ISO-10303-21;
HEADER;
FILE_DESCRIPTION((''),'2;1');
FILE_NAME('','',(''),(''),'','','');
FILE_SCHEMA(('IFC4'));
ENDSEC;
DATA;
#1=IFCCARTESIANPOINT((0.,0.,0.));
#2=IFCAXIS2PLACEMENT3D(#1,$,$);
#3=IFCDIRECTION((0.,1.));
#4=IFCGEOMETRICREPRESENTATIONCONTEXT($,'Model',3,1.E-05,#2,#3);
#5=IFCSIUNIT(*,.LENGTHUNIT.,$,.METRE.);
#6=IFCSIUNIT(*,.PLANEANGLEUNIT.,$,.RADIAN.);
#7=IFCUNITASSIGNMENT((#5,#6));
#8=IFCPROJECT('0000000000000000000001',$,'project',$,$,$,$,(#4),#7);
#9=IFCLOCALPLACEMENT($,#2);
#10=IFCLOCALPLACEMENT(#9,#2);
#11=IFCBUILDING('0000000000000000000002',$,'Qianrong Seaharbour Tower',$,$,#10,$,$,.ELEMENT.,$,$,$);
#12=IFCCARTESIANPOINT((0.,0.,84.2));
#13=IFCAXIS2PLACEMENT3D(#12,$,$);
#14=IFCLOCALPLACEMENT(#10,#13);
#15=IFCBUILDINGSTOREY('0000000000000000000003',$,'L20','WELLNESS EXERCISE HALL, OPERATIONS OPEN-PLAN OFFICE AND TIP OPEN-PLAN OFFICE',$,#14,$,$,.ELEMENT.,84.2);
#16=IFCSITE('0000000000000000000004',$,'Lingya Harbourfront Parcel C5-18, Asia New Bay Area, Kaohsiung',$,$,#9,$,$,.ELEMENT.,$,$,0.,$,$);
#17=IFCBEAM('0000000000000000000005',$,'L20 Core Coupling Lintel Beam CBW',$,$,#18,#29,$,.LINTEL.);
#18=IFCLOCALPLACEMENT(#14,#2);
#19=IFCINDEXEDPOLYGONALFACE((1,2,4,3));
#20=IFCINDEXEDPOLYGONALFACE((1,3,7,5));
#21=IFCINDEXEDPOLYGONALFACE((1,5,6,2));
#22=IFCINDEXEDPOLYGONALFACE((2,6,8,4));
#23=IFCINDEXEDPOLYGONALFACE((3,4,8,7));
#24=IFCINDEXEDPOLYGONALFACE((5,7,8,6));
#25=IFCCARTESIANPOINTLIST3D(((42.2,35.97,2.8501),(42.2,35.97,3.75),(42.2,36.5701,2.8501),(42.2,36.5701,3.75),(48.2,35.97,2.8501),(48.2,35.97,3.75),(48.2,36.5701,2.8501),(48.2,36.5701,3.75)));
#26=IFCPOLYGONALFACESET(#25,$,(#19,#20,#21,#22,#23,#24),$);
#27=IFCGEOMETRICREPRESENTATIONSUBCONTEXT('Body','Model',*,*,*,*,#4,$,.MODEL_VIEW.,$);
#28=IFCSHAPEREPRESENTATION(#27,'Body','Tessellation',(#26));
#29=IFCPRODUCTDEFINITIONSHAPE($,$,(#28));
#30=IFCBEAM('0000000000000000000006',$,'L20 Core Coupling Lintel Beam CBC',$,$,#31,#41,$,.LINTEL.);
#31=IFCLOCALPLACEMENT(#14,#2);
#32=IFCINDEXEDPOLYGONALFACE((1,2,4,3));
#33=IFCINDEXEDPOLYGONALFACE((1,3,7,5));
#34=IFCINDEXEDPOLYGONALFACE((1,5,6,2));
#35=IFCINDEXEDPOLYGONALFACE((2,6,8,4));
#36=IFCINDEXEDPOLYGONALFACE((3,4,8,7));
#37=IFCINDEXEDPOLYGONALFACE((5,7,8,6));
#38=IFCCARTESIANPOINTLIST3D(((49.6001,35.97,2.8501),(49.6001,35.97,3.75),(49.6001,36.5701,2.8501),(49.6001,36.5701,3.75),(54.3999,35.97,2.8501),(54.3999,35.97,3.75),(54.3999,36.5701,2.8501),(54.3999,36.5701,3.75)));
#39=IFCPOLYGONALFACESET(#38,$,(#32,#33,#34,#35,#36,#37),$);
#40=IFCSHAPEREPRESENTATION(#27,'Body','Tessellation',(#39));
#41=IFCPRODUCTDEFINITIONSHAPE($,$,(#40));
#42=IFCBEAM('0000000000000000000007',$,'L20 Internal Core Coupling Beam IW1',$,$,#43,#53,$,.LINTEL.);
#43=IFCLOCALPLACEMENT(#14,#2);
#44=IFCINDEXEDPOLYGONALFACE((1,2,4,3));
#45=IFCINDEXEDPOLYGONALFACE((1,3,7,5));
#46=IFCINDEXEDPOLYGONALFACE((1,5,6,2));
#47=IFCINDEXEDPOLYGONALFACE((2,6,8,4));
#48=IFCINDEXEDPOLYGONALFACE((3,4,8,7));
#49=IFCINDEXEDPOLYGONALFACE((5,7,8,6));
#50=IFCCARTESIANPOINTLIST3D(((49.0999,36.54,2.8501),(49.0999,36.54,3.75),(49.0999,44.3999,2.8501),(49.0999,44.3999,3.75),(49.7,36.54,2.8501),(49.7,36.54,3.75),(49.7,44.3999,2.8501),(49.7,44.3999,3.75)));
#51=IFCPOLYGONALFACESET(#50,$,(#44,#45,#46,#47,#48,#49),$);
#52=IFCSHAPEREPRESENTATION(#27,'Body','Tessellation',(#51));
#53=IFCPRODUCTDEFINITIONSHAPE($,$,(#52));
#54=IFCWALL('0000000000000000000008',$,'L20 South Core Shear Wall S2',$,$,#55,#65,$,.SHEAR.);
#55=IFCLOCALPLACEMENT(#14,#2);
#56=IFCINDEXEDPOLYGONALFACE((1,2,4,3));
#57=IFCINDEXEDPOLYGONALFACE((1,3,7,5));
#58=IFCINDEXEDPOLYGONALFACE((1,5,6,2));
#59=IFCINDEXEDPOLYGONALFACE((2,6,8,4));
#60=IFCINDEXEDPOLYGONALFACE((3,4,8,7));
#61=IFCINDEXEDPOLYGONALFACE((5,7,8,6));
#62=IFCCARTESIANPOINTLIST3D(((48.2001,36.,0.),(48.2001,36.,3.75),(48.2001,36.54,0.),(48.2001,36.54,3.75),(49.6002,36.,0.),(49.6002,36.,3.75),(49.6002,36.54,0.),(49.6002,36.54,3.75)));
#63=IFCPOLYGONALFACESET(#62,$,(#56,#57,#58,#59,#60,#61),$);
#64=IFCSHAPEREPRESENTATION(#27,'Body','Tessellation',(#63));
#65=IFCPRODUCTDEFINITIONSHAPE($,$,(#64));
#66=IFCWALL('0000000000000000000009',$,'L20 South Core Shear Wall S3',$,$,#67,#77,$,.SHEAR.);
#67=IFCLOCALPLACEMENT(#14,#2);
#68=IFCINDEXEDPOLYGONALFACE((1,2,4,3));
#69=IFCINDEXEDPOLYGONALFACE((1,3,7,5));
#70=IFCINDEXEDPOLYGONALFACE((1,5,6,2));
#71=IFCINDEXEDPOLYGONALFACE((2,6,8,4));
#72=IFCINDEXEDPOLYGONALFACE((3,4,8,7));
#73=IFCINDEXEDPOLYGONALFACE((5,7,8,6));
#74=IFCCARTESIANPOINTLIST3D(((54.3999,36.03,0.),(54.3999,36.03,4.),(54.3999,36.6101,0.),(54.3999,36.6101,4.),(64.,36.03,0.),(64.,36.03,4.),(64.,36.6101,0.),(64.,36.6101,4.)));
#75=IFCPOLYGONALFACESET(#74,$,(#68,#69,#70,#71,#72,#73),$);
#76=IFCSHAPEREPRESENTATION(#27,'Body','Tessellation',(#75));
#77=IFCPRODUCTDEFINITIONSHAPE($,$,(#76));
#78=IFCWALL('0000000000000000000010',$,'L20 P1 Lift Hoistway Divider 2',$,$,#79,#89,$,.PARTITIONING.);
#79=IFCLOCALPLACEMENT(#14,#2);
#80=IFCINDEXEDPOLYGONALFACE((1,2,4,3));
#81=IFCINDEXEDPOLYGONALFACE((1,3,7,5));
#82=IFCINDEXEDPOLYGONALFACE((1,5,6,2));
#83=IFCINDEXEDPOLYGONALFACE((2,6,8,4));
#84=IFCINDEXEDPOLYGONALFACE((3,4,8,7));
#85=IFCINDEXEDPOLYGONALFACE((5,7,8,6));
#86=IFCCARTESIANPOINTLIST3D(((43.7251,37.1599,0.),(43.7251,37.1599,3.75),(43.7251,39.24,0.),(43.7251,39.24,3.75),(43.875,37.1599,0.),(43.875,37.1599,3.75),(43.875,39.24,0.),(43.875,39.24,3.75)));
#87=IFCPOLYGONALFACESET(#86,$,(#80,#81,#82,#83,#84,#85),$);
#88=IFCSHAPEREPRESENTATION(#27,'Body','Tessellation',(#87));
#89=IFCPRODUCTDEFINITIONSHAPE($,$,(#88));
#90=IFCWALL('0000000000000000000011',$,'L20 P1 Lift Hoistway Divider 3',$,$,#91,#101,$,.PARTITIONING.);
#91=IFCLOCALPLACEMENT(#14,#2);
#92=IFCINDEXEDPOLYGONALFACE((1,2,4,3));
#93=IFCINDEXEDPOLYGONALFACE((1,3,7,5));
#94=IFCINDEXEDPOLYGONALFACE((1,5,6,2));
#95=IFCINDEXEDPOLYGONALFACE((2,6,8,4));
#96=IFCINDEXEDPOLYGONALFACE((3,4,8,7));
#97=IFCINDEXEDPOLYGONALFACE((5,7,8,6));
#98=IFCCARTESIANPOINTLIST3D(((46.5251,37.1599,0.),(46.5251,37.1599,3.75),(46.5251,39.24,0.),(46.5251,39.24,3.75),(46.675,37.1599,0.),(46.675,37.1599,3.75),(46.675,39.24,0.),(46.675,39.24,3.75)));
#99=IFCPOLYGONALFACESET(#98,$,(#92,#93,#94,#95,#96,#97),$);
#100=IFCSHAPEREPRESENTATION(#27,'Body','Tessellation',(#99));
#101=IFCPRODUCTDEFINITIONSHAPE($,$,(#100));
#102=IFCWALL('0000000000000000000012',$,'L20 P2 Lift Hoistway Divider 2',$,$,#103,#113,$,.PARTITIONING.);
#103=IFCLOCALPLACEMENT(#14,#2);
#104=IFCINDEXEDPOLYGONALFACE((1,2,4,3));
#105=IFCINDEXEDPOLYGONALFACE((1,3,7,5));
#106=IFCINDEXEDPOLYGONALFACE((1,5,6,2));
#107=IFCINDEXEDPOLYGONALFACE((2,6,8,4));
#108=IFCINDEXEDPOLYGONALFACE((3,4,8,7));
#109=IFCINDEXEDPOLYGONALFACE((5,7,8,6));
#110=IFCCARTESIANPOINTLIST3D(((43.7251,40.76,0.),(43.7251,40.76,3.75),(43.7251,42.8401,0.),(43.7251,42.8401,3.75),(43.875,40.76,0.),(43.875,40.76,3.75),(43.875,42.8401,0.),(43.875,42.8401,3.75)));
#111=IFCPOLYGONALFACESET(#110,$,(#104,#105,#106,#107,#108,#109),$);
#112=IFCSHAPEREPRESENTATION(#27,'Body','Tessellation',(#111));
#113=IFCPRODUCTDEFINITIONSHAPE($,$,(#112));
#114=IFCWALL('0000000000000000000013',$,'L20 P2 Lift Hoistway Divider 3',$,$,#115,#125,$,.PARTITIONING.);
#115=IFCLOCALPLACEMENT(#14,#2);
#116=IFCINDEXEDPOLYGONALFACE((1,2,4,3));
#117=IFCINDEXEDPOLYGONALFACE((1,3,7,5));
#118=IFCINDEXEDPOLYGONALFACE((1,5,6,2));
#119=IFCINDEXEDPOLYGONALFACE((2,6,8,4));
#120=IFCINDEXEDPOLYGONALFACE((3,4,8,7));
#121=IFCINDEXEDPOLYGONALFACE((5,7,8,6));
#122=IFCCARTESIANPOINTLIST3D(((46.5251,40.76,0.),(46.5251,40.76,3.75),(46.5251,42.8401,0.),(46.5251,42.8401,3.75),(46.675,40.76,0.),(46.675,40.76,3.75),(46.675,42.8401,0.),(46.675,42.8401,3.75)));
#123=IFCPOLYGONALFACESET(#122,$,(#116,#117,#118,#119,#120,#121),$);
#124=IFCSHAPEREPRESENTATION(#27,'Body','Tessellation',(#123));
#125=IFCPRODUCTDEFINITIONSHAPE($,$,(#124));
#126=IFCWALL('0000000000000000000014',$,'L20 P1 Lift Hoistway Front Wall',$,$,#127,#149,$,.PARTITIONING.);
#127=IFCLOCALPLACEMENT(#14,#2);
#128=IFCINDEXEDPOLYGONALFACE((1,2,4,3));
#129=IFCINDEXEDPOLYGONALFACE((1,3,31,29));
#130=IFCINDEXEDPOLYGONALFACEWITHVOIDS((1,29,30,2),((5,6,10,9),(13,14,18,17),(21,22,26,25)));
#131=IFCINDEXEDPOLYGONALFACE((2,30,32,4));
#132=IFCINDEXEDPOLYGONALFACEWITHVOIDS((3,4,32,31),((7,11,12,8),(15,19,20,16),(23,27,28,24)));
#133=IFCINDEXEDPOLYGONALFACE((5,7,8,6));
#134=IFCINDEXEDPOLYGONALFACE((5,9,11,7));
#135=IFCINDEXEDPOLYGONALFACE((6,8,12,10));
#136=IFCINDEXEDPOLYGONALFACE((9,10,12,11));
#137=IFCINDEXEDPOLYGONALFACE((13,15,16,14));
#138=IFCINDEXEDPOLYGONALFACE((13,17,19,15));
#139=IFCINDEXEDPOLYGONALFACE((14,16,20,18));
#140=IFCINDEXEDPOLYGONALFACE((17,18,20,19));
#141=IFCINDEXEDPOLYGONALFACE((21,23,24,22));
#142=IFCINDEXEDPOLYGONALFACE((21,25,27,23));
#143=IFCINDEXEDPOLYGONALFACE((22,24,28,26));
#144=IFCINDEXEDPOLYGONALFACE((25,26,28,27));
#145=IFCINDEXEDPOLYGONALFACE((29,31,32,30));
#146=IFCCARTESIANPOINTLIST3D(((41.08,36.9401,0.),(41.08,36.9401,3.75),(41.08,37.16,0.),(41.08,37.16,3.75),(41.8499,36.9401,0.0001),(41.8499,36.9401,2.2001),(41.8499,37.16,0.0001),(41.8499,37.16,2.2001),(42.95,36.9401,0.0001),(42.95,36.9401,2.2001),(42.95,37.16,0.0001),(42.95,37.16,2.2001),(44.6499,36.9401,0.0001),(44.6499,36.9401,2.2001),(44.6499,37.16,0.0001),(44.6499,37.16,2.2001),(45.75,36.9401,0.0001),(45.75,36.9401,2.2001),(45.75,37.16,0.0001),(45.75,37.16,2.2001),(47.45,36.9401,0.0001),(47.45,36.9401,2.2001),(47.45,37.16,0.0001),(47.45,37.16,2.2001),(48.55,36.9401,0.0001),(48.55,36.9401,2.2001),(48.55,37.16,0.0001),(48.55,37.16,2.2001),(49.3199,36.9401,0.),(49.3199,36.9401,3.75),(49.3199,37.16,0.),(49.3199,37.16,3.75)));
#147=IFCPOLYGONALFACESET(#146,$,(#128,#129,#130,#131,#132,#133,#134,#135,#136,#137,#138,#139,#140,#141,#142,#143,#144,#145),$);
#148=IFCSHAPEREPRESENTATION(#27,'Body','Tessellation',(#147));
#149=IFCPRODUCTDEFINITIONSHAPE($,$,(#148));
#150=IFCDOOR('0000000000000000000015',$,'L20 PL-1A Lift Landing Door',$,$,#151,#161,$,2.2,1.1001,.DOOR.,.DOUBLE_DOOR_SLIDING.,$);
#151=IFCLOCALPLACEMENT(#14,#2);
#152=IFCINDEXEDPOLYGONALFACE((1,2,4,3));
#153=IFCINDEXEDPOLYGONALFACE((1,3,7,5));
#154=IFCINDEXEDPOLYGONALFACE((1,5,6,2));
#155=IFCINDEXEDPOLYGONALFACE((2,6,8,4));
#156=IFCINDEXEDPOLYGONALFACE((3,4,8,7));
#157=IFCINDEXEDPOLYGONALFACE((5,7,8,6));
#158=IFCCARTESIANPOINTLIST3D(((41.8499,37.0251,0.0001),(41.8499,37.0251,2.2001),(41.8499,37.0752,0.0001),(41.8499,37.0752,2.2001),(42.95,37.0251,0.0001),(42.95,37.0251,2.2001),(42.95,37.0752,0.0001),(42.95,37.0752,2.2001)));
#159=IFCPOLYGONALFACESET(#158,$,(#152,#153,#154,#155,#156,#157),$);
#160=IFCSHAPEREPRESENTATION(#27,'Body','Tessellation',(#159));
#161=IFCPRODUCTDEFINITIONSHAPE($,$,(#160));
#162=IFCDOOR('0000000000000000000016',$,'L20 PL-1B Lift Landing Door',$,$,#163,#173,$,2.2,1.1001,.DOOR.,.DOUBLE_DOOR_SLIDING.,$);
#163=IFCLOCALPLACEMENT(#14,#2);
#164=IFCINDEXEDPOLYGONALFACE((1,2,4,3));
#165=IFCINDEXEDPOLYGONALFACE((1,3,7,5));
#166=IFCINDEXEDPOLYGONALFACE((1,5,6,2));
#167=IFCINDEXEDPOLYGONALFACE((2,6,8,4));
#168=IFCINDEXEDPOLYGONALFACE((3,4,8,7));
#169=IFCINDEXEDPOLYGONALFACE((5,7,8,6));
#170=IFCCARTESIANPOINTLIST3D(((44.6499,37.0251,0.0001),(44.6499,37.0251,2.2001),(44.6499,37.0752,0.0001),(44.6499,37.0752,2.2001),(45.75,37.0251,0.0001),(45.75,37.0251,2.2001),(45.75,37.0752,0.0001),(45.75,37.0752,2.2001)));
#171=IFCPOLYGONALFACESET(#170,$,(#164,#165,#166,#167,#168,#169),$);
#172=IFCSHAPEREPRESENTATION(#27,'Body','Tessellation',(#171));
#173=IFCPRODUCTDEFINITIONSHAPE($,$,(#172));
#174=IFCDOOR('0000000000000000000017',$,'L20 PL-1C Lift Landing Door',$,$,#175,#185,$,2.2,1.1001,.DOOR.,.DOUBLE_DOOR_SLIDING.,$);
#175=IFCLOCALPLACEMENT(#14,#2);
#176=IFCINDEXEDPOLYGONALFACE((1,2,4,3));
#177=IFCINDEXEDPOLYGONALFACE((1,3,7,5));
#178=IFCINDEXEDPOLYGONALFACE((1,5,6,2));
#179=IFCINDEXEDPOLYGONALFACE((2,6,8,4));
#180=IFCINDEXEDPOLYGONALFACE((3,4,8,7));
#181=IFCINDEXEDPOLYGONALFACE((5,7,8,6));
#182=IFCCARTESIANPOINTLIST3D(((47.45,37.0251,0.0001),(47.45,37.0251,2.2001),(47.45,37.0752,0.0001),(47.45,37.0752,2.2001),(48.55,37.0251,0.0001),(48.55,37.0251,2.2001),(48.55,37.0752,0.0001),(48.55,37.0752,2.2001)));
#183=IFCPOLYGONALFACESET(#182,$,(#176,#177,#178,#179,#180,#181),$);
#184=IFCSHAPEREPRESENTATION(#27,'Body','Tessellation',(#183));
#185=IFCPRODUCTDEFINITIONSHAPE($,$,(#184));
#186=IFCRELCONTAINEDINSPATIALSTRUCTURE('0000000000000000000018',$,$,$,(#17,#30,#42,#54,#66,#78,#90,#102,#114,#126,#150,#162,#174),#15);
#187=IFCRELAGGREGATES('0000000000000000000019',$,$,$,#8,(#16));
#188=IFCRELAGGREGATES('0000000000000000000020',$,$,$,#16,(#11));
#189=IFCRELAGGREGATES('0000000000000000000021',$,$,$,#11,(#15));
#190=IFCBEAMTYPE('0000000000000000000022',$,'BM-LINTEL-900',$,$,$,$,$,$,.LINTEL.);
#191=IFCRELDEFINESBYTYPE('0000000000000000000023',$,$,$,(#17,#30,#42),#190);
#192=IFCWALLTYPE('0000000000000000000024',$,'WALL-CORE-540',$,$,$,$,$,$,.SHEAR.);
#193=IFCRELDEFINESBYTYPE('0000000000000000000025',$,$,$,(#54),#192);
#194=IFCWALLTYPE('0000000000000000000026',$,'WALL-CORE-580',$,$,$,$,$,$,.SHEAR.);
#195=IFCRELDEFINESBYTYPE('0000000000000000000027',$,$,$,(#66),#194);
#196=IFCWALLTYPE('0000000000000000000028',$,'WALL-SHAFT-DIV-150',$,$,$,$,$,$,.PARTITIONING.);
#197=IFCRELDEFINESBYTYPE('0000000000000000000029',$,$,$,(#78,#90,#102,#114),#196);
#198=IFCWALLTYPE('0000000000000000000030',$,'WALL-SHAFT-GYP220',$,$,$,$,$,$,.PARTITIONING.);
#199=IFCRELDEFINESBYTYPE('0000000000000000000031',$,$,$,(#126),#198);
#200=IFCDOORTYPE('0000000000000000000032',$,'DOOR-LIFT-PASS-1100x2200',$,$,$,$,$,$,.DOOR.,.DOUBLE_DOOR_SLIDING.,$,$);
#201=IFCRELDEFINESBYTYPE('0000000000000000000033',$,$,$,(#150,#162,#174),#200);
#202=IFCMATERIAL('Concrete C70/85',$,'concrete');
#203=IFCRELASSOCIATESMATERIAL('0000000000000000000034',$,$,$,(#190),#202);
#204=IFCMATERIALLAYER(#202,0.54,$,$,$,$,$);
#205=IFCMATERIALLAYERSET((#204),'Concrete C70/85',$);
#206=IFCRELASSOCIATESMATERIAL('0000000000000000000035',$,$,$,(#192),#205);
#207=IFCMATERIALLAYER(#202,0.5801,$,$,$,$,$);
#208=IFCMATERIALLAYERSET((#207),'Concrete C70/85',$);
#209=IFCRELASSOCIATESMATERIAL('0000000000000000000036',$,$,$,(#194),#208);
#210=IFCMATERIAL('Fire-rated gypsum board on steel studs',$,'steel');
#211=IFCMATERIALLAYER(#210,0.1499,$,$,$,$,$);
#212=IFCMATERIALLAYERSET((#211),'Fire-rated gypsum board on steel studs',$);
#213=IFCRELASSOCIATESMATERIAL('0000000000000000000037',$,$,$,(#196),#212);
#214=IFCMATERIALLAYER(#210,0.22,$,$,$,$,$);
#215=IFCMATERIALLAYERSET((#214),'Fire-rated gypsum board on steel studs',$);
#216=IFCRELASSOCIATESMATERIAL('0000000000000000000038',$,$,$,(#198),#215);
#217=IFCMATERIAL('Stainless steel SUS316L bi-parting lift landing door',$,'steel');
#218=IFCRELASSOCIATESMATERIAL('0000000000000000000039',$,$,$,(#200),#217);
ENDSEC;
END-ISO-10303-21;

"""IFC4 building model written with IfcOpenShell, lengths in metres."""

from ifc_helpers import new_model, si_unit, direction, frame, frame_2d, origin, origin_2d, place, context, subcontext, project, spatial, rectangle, extrude, material, layer, layer_set, material_profile, profile_set, type_object, element, fill, save


model = new_model("IFC4")

# Units and contexts
model_context = context("Model", 3, precision=1e-05, world=origin(), true_north=direction((0.0, 1.0)))
body_context = subcontext(model_context, "Body", "Model", "MODEL_VIEW")
ifc_project = project(units=[si_unit("LENGTHUNIT", "METRE"), si_unit("PLANEANGLEUNIT", "RADIAN")], contexts=[model_context])

# Site, building, storey
site_placement = place(None, origin())
site = spatial("IfcSite", under=ifc_project, at=site_placement, Name="Lingya Harbourfront Parcel C5-18, Asia New Bay Area, Kaohsiung", CompositionType="ELEMENT", RefElevation=0.0)
building_placement = place(site_placement, origin())
building = spatial("IfcBuilding", under=site, at=building_placement, Name="Qianrong Seaharbour Tower", CompositionType="ELEMENT")
storey_placement = place(building_placement, frame((0.0, 0.0, 84.2)))
storey = spatial("IfcBuildingStorey", under=building, at=storey_placement, Name="L20", Description="WELLNESS EXERCISE HALL, OPERATIONS OPEN-PLAN OFFICE AND TIP OPEN-PLAN OFFICE", CompositionType="ELEMENT", Elevation=84.2)

# Beams
ifc_material_1 = material(Name="Concrete C70/85", Category="concrete")
ifc_material_profile = material_profile(ifc_material_1, rectangle(XDim=0.6001, YDim=0.8999, at=origin_2d()), Name="RC600x900")
ifc_profile_set = profile_set([ifc_material_profile], Name="Concrete C70/85")
beam_type = type_object("IfcBeamType", Name="BM-LINTEL-900", PredefinedType="LINTEL", material=ifc_profile_set)
beam_1_placement = place(storey_placement, frame((42.2, 36.27, 3.3), z_axis=(1.0, 0.0, 0.0), x_axis=(0.0, 1.0, 0.0)))
element("IfcBeam", 1, at=beam_1_placement, inside=storey, type_object=beam_type, Name="L20 Core Coupling Lintel Beam CBW", PredefinedType="LINTEL", context=body_context, shape_type="SweptSolid", body=[
    extrude(rectangle(XDim=0.6001, YDim=0.8999, at=origin_2d()), origin(), (0.0, 0.0, 1.0), 6.0),
])
beam_2_placement = place(storey_placement, frame((49.6001, 36.27, 3.3), z_axis=(1.0, 0.0, 0.0), x_axis=(0.0, 1.0, 0.0)))
element("IfcBeam", 2, at=beam_2_placement, inside=storey, type_object=beam_type, Name="L20 Core Coupling Lintel Beam CBC", PredefinedType="LINTEL", context=body_context, shape_type="SweptSolid", body=[
    extrude(rectangle(XDim=0.6001, YDim=0.8999, at=origin_2d()), origin(), (0.0, 0.0, 1.0), 4.7998),
])
beam_3_placement = place(storey_placement, frame((49.3999, 36.54, 3.3), z_axis=(0.0, 1.0, 0.0), x_axis=(-1.0, 0.0, 0.0)))
element("IfcBeam", 3, at=beam_3_placement, inside=storey, type_object=beam_type, Name="L20 Internal Core Coupling Beam IW1", PredefinedType="LINTEL", context=body_context, shape_type="SweptSolid", body=[
    extrude(rectangle(XDim=0.6001, YDim=0.8999, at=origin_2d()), origin(), (0.0, 0.0, 1.0), 7.8599),
])

# Walls
ifc_layer_1 = layer(ifc_material_1, 0.54)
ifc_layer_set_1 = layer_set([ifc_layer_1], Name="Concrete C70/85")
wall_type_1 = type_object("IfcWallType", Name="WALL-CORE-540", PredefinedType="SHEAR", material=ifc_layer_set_1)
wall_1_placement = place(storey_placement, frame((48.2, 36.27, 0.0), z_axis=(0.0, 0.0, 1.0), x_axis=(1.0, 0.0, 0.0)))
element("IfcWall", 4, at=wall_1_placement, inside=storey, type_object=wall_type_1, Name="L20 South Core Shear Wall S2", PredefinedType="SHEAR", context=body_context, shape_type="SweptSolid", body=[
    extrude(rectangle(XDim=1.4001, YDim=0.54, at=frame_2d((0.7002, 0.0))), origin(), (0.0, 0.0, 1.0), 3.75),
])
ifc_layer_2 = layer(ifc_material_1, 0.5801)
ifc_layer_set_2 = layer_set([ifc_layer_2], Name="Concrete C70/85")
wall_type_2 = type_object("IfcWallType", Name="WALL-CORE-580", PredefinedType="SHEAR", material=ifc_layer_set_2)
wall_2_placement = place(storey_placement, frame((54.3999, 36.3201, 0.0), z_axis=(0.0, 0.0, 1.0), x_axis=(1.0, 0.0, 0.0)))
element("IfcWall", 5, at=wall_2_placement, inside=storey, type_object=wall_type_2, Name="L20 South Core Shear Wall S3", PredefinedType="SHEAR", context=body_context, shape_type="SweptSolid", body=[
    extrude(rectangle(XDim=9.6001, YDim=0.5801, at=frame_2d((4.8, 0.0))), origin(), (0.0, 0.0, 1.0), 4.0),
])
ifc_material_2 = material(Name="Fire-rated gypsum board on steel studs", Category="steel")
ifc_layer_3 = layer(ifc_material_2, 0.1499)
ifc_layer_set_3 = layer_set([ifc_layer_3], Name="Fire-rated gypsum board on steel studs")
wall_type_3 = type_object("IfcWallType", Name="WALL-SHAFT-DIV-150", PredefinedType="PARTITIONING", material=ifc_layer_set_3)
for number, where, z_axis, x_axis, name in (
    (6, (43.8, 37.1599, 0.0), (0.0, 0.0, 1.0), (0.0, 1.0, 0.0), "L20 P1 Lift Hoistway Divider 2"),
    (7, (46.6001, 37.1599, 0.0), (0.0, 0.0, 1.0), (0.0, 1.0, 0.0), "L20 P1 Lift Hoistway Divider 3"),
    (8, (43.8, 40.76, 0.0), (0.0, 0.0, 1.0), (0.0, 1.0, 0.0), "L20 P2 Lift Hoistway Divider 2"),
    (9, (46.6001, 40.76, 0.0), (0.0, 0.0, 1.0), (0.0, 1.0, 0.0), "L20 P2 Lift Hoistway Divider 3"),
):
    element("IfcWall", number, at=place(storey_placement, frame(where, z_axis=z_axis, x_axis=x_axis)), inside=storey, type_object=wall_type_3, Name=name, PredefinedType="PARTITIONING", context=body_context, shape_type="SweptSolid", body=[
        extrude(rectangle(XDim=2.0801, YDim=0.1499, at=frame_2d((1.04, 0.0))), origin(), (0.0, 0.0, 1.0), 3.75),
    ])

# Wall, openings, doors
ifc_layer_4 = layer(ifc_material_2, 0.22)
ifc_layer_set_4 = layer_set([ifc_layer_4], Name="Fire-rated gypsum board on steel studs")
wall_type_4 = type_object("IfcWallType", Name="WALL-SHAFT-GYP220", PredefinedType="PARTITIONING", material=ifc_layer_set_4)
wall_3_placement = place(storey_placement, frame((49.3201, 37.05, 0.0), z_axis=(0.0, 0.0, 1.0), x_axis=(-1.0, 0.0, 0.0)))
wall_3 = element("IfcWall", 10, at=wall_3_placement, inside=storey, type_object=wall_type_4, Name="L20 P1 Lift Hoistway Front Wall", PredefinedType="PARTITIONING", context=body_context, shape_type="SweptSolid", body=[
    extrude(rectangle(XDim=8.24, YDim=0.22, at=frame_2d((4.1201, 0.0))), origin(), (0.0, 0.0, 1.0), 3.75),
])
opening_1_placement = place(wall_3_placement, frame((6.3701, 0.0, 0.0)))
opening_1 = element("IfcOpeningElement", 11, at=opening_1_placement, cuts=wall_3, PredefinedType="OPENING", context=body_context, shape_type="SweptSolid", body=[
    extrude(rectangle(XDim=1.1001, YDim=2.2, at=frame_2d((0.55, 1.1001))), frame((0.0, 0.1201, 0.0), z_axis=(0.0, -1.0, 0.0), x_axis=(1.0, 0.0, 0.0)), (0.0, 0.0, 1.0), 0.24),
])
opening_2_placement = place(wall_3_placement, frame((3.5701, 0.0, 0.0)))
opening_2 = element("IfcOpeningElement", 12, at=opening_2_placement, cuts=wall_3, PredefinedType="OPENING", context=body_context, shape_type="SweptSolid", body=[
    extrude(rectangle(XDim=1.1001, YDim=2.2, at=frame_2d((0.55, 1.1001))), frame((0.0, 0.1201, 0.0), z_axis=(0.0, -1.0, 0.0), x_axis=(1.0, 0.0, 0.0)), (0.0, 0.0, 1.0), 0.24),
])
opening_3_placement = place(wall_3_placement, frame((0.77, 0.0, 0.0)))
opening_3 = element("IfcOpeningElement", 13, at=opening_3_placement, cuts=wall_3, PredefinedType="OPENING", context=body_context, shape_type="SweptSolid", body=[
    extrude(rectangle(XDim=1.1001, YDim=2.2, at=frame_2d((0.55, 1.1001))), frame((0.0, 0.1201, 0.0), z_axis=(0.0, -1.0, 0.0), x_axis=(1.0, 0.0, 0.0)), (0.0, 0.0, 1.0), 0.24),
])
ifc_material_3 = material(Name="Stainless steel SUS316L bi-parting lift landing door", Category="steel")
door_type = type_object("IfcDoorType", Name="DOOR-LIFT-PASS-1100x2200", OperationType="DOUBLE_DOOR_SLIDING", PredefinedType="DOOR", material=ifc_material_3)
door_1_placement = place(opening_1_placement, origin())
door_1 = element("IfcDoor", 14, at=door_1_placement, inside=storey, type_object=door_type, Name="L20 PL-1A Lift Landing Door", OperationType="DOUBLE_DOOR_SLIDING", OverallHeight=2.2, OverallWidth=1.1001, PredefinedType="DOOR", context=body_context, shape_type="SweptSolid", body=[
    extrude(rectangle(XDim=1.1001, YDim=2.2, at=frame_2d((0.55, 1.1001))), frame((0.0, 0.0249, 0.0), z_axis=(0.0, -1.0, 0.0), x_axis=(1.0, 0.0, 0.0)), (0.0, 0.0, 1.0), 0.05),
])
fill(opening_1, door_1)
door_2_placement = place(opening_2_placement, origin())
door_2 = element("IfcDoor", 15, at=door_2_placement, inside=storey, type_object=door_type, Name="L20 PL-1B Lift Landing Door", OperationType="DOUBLE_DOOR_SLIDING", OverallHeight=2.2, OverallWidth=1.1001, PredefinedType="DOOR", context=body_context, shape_type="SweptSolid", body=[
    extrude(rectangle(XDim=1.1001, YDim=2.2, at=frame_2d((0.55, 1.1001))), frame((0.0, 0.0249, 0.0), z_axis=(0.0, -1.0, 0.0), x_axis=(1.0, 0.0, 0.0)), (0.0, 0.0, 1.0), 0.05),
])
fill(opening_2, door_2)
door_3_placement = place(opening_3_placement, origin())
door_3 = element("IfcDoor", 16, at=door_3_placement, inside=storey, type_object=door_type, Name="L20 PL-1C Lift Landing Door", OperationType="DOUBLE_DOOR_SLIDING", OverallHeight=2.2, OverallWidth=1.1001, PredefinedType="DOOR", context=body_context, shape_type="SweptSolid", body=[
    extrude(rectangle(XDim=1.1001, YDim=2.2, at=frame_2d((0.55, 1.1001))), frame((0.0, 0.0249, 0.0), z_axis=(0.0, -1.0, 0.0), x_axis=(1.0, 0.0, 0.0)), (0.0, 0.0, 1.0), 0.05),
])
fill(opening_3, door_3)

save(model, "model.ifc")
